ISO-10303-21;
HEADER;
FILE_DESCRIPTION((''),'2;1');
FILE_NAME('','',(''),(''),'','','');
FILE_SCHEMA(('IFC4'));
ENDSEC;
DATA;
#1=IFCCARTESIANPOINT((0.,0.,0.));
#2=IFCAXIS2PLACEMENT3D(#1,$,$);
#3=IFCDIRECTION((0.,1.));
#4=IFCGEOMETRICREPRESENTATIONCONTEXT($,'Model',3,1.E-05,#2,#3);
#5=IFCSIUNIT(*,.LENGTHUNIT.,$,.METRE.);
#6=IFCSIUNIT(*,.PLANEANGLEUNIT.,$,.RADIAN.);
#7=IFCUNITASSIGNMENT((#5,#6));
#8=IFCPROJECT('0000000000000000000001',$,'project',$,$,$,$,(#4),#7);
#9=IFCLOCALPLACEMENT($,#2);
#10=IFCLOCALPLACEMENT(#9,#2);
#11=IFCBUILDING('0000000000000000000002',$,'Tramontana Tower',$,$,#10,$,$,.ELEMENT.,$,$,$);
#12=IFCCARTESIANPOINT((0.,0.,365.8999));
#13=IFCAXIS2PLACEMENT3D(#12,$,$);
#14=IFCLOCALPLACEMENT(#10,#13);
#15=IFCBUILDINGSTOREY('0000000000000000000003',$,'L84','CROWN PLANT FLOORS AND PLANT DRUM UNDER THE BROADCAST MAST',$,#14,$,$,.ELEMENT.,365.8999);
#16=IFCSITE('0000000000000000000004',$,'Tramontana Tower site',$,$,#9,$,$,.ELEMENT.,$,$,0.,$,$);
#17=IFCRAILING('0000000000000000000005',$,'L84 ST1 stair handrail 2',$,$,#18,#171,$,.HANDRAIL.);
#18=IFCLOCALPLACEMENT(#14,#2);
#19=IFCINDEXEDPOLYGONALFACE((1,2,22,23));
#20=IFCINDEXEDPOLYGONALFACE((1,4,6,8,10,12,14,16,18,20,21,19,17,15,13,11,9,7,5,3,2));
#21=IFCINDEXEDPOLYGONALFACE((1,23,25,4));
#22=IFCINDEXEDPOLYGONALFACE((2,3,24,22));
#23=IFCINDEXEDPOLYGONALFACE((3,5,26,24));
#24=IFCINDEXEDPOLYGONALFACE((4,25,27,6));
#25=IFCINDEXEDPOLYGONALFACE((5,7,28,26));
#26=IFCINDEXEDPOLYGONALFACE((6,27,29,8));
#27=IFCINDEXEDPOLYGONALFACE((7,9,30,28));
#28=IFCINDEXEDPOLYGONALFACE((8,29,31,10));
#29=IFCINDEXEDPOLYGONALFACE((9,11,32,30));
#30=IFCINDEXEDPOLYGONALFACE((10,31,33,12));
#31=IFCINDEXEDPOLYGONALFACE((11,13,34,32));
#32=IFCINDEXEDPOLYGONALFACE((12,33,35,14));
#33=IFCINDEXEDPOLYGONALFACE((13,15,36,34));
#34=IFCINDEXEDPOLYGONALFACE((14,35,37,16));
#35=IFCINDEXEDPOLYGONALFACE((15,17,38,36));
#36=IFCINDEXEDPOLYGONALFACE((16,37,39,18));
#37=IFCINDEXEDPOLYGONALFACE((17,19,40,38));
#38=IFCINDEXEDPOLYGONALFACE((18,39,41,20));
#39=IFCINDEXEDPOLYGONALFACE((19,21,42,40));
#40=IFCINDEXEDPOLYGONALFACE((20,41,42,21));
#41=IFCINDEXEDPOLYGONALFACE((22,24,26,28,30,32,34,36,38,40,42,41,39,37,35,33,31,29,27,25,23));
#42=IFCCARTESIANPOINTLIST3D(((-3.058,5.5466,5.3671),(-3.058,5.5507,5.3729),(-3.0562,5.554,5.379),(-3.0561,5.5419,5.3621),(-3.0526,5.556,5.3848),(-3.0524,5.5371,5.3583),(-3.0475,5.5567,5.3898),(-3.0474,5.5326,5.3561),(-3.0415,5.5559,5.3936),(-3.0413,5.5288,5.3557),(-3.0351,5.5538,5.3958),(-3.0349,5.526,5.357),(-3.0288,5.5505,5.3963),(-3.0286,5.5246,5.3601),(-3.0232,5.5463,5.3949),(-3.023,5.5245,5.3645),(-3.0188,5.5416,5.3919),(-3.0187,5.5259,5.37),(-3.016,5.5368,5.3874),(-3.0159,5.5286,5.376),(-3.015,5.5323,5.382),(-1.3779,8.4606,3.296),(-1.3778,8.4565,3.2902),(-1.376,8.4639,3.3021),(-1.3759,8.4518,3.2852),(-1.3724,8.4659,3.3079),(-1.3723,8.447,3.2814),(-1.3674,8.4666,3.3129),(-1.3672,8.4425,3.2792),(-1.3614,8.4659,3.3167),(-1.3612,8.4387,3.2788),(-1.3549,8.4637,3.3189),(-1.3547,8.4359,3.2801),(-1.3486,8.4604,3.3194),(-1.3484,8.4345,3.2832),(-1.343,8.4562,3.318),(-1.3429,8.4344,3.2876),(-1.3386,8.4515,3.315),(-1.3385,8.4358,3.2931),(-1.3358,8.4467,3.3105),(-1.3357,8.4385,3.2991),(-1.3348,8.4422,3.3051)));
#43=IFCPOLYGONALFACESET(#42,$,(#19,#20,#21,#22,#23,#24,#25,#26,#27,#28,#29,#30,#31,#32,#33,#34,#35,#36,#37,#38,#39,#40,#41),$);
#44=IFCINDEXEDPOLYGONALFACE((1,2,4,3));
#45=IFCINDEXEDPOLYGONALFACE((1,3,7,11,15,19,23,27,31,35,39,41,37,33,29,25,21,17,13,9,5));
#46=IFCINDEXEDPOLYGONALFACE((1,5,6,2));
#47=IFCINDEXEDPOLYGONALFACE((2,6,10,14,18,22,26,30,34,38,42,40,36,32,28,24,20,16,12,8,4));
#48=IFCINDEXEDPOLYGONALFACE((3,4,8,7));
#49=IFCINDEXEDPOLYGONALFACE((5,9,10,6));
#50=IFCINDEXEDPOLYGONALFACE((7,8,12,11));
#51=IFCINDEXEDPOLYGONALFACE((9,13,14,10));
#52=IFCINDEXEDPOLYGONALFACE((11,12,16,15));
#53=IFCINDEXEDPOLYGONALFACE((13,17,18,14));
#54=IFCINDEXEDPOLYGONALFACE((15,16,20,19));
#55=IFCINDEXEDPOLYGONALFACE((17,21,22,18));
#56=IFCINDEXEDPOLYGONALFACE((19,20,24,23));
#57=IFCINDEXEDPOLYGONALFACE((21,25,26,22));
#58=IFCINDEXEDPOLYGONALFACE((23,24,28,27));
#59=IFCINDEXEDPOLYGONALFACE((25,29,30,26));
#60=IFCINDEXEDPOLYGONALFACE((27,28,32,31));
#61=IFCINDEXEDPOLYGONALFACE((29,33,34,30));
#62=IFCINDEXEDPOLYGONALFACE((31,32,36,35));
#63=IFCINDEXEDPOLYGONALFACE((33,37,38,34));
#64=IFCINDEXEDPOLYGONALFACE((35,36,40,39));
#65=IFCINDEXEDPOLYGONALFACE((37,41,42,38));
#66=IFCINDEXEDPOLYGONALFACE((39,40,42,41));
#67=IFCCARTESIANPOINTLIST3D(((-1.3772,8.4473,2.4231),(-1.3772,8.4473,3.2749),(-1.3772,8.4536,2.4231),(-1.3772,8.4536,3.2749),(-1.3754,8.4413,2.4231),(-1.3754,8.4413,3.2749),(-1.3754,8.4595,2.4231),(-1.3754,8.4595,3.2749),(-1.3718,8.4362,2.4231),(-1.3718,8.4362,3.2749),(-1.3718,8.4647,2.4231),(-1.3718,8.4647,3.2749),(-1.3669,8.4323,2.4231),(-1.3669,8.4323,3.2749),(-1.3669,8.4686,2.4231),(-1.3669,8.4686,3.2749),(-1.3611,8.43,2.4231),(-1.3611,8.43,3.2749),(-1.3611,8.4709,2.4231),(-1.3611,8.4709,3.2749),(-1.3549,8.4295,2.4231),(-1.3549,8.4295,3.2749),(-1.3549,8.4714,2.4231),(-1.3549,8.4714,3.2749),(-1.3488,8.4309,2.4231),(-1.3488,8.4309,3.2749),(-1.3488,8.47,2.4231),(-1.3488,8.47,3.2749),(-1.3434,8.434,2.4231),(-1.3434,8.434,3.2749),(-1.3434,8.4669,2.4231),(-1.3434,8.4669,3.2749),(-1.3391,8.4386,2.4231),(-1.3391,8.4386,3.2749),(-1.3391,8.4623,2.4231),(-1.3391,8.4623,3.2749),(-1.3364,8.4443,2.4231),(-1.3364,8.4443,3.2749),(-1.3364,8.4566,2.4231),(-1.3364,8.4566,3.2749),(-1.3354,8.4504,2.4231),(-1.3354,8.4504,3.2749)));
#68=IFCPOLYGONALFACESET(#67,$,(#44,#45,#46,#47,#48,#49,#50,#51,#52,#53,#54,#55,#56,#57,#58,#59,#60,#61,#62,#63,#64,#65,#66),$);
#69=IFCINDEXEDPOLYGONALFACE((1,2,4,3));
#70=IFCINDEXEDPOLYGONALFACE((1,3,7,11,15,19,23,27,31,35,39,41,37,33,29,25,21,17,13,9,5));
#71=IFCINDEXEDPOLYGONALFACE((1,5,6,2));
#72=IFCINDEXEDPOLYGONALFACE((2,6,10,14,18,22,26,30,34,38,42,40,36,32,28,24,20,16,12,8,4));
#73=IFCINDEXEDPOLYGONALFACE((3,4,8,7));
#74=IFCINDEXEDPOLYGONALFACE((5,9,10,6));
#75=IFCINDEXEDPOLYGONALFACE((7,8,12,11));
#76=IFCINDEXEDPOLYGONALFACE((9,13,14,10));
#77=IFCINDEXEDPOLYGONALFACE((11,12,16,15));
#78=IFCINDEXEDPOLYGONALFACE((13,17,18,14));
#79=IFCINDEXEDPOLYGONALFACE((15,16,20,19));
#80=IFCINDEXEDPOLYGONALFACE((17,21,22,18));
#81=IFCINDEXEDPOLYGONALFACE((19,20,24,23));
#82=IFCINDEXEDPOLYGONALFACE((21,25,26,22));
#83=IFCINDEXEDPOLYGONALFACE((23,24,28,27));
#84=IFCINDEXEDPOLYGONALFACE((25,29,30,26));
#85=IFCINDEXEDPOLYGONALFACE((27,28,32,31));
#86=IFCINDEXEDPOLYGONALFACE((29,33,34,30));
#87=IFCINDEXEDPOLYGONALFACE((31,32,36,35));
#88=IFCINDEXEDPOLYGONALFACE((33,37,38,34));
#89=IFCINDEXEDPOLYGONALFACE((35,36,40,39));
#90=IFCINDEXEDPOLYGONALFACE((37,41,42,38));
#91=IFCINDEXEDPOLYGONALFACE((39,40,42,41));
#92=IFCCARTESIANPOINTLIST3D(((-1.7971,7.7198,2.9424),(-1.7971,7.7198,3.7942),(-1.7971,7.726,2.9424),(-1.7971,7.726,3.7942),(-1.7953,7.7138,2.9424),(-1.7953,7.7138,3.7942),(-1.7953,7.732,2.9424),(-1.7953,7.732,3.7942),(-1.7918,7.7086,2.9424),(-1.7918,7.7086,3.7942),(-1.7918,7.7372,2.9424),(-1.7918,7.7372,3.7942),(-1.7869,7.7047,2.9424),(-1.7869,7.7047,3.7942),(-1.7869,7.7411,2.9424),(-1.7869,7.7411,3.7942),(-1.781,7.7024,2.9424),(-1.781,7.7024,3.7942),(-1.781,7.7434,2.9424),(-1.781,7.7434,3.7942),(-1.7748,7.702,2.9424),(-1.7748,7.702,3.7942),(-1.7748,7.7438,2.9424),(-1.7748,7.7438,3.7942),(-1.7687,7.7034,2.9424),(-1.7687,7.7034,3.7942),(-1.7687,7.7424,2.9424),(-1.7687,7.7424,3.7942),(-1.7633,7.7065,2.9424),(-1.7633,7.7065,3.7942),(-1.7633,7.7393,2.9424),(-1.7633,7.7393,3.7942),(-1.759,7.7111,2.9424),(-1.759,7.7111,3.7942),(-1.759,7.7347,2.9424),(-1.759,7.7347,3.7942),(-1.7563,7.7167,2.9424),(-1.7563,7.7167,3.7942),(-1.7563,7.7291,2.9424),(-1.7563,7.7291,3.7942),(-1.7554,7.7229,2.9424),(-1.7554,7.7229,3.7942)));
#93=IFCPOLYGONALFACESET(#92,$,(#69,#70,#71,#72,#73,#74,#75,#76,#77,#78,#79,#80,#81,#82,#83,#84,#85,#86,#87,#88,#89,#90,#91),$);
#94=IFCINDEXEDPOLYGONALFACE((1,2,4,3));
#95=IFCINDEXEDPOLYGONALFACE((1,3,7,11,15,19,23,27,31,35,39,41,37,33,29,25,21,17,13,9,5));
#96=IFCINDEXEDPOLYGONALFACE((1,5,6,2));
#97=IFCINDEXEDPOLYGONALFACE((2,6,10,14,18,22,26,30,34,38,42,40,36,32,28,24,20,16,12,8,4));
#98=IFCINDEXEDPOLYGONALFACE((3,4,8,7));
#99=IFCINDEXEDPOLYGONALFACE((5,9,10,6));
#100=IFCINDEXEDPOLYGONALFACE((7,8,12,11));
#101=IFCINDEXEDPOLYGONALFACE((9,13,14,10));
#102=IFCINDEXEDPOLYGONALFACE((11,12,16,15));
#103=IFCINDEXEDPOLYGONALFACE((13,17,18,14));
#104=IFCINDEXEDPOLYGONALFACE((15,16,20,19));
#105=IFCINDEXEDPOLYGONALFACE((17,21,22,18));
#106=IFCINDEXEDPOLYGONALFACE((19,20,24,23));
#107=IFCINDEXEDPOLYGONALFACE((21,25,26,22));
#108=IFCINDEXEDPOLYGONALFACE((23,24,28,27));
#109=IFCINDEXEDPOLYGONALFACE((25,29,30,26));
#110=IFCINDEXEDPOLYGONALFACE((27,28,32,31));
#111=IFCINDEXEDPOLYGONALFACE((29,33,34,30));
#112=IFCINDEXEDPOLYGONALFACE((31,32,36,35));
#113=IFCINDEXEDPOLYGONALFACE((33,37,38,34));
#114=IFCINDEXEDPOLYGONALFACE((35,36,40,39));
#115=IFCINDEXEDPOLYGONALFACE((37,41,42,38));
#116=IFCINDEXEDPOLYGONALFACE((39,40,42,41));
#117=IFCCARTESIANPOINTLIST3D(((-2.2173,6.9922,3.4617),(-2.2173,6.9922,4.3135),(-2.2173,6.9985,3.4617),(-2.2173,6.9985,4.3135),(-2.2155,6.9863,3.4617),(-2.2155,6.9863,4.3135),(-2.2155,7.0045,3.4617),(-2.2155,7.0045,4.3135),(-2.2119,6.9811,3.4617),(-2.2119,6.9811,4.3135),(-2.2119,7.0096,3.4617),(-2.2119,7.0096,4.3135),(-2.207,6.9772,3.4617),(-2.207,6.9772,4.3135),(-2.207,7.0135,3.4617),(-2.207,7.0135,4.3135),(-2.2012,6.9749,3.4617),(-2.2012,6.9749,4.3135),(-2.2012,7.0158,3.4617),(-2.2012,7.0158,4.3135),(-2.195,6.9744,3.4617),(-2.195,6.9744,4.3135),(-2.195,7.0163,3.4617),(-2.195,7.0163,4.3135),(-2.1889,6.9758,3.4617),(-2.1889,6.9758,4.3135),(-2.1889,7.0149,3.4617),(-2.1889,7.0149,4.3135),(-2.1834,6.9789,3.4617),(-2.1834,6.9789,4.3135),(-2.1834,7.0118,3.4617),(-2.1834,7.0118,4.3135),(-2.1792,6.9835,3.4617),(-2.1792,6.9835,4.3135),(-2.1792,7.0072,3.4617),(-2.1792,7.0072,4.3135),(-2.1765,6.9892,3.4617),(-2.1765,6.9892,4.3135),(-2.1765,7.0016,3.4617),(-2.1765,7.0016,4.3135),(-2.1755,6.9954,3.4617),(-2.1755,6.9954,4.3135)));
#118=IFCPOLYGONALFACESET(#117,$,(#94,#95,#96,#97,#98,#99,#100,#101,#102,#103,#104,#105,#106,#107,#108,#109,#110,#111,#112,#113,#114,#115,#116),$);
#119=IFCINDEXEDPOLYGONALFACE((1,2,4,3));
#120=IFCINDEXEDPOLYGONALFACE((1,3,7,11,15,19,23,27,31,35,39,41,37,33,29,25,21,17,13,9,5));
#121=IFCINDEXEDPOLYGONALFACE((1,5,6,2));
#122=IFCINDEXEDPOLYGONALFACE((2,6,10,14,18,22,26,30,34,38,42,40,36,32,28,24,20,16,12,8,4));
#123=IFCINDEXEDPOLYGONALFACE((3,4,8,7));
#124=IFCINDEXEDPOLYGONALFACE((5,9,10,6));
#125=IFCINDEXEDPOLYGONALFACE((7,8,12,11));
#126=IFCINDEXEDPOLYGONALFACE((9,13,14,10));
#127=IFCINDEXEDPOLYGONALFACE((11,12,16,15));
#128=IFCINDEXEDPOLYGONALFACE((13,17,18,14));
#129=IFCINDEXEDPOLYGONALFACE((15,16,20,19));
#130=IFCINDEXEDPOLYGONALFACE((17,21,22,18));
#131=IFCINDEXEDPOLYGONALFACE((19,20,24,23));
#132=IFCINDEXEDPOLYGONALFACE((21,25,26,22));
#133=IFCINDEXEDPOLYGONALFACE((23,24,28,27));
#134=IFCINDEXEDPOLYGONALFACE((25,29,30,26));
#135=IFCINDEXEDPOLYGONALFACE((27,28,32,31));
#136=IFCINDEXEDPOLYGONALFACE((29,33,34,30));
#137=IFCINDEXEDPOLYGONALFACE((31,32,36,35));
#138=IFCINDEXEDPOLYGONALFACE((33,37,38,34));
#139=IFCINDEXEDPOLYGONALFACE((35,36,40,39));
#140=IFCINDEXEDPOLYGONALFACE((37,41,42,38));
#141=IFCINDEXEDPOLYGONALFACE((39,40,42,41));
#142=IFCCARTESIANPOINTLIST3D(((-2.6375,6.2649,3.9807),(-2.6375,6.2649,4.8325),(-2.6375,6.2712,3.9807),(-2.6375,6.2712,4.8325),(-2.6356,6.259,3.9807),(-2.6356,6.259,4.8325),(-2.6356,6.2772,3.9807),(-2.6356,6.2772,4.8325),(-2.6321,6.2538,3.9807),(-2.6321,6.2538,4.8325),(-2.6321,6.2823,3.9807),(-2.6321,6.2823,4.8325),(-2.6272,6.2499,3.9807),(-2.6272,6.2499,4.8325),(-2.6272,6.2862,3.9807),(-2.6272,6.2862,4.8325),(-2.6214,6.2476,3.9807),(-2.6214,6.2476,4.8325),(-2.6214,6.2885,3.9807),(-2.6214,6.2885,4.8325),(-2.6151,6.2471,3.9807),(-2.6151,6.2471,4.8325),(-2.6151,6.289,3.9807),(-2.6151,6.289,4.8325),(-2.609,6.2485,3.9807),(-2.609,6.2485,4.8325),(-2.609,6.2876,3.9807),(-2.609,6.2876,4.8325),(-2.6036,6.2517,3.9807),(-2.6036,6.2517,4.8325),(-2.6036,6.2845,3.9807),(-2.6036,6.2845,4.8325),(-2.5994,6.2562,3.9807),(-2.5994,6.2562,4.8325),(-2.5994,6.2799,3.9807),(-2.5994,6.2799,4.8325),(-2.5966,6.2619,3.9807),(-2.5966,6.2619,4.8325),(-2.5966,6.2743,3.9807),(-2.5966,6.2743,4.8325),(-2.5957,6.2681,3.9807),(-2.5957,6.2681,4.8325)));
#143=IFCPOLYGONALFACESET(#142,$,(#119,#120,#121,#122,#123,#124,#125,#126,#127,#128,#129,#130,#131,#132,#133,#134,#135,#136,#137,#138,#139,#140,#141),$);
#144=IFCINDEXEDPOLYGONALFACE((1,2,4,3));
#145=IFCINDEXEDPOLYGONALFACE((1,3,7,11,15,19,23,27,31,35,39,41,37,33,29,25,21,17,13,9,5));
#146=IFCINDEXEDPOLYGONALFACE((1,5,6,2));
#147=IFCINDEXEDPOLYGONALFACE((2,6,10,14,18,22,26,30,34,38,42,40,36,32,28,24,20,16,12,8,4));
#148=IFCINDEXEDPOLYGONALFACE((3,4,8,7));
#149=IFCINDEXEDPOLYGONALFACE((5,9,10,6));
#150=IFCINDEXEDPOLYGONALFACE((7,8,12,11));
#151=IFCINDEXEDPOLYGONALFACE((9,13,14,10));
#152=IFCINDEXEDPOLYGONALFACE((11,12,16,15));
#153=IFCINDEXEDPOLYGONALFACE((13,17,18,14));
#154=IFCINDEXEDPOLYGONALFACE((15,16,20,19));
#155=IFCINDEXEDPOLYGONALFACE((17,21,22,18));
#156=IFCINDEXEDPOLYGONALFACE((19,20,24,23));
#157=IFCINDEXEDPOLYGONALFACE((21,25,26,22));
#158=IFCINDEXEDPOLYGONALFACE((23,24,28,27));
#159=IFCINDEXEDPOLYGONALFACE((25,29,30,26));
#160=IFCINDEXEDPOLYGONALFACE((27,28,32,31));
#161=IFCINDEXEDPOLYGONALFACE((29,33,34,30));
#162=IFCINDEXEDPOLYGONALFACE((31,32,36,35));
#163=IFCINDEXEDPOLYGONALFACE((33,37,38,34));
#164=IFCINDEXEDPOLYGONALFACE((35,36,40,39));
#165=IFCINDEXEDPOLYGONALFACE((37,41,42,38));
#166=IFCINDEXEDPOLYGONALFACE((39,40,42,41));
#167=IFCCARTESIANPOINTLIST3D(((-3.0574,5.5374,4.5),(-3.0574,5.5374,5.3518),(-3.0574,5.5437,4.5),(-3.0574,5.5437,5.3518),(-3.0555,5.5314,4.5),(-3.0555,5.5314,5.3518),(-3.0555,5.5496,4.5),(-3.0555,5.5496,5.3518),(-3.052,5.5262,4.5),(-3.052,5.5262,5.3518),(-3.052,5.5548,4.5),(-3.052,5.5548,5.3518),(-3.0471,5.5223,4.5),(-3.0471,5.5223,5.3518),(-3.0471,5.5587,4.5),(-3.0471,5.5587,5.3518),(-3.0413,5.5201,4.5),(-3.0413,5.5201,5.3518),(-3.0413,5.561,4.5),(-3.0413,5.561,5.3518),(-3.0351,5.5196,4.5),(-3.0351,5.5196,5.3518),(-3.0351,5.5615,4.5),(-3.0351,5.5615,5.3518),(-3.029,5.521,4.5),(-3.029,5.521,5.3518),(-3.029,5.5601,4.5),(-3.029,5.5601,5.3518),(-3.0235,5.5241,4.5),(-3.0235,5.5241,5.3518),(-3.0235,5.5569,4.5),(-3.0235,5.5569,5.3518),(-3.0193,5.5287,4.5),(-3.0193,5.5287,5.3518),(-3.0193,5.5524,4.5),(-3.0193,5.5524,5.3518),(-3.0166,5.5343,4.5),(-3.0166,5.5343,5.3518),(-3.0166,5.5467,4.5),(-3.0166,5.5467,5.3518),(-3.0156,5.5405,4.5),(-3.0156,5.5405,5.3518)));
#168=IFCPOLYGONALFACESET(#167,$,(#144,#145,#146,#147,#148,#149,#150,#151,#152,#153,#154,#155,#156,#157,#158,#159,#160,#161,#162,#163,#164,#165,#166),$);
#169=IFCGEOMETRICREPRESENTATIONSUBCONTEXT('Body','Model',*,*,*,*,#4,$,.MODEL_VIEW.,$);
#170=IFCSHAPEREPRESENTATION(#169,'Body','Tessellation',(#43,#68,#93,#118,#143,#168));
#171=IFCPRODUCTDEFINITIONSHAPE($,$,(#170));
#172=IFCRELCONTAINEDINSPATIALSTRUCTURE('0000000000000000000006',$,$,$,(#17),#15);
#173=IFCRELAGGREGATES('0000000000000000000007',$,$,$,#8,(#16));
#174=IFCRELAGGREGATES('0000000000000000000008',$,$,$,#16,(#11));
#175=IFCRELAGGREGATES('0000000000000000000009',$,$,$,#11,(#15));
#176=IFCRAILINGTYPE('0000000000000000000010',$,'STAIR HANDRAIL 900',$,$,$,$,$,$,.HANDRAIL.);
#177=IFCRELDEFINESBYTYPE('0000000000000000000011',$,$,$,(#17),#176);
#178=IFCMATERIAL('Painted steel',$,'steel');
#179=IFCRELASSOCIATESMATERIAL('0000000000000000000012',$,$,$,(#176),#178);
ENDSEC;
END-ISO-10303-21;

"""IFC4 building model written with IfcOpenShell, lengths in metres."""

from ifc_helpers import new_model, si_unit, direction, frame, origin, origin_2d, place, context, subcontext, project, spatial, circle, extrude, material, type_object, element, save


model = new_model("IFC4")

# Units and contexts
model_context = context("Model", 3, precision=1e-05, world=origin(), true_north=direction((0.0, 1.0)))
body_context = subcontext(model_context, "Body", "Model", "MODEL_VIEW")
ifc_project = project(units=[si_unit("LENGTHUNIT", "METRE"), si_unit("PLANEANGLEUNIT", "RADIAN")], contexts=[model_context])

# Site, building, storey
site_placement = place(None, origin())
site = spatial("IfcSite", under=ifc_project, at=site_placement, Name="Tramontana Tower site", CompositionType="ELEMENT", RefElevation=0.0)
building_placement = place(site_placement, origin())
building = spatial("IfcBuilding", under=site, at=building_placement, Name="Tramontana Tower", CompositionType="ELEMENT")
storey_placement = place(building_placement, frame((0.0, 0.0, 365.8999)))
storey = spatial("IfcBuildingStorey", under=building, at=storey_placement, Name="L84", Description="CROWN PLANT FLOORS AND PLANT DRUM UNDER THE BROADCAST MAST", CompositionType="ELEMENT", Elevation=365.8999)

# Railing
ifc_material_1 = material(Name="Painted steel", Category="steel")
railing_type_1 = type_object("IfcRailingType", Name="STAIR HANDRAIL 900", PredefinedType="HANDRAIL", material=ifc_material_1)
railing_1_placement = place(storey_placement, frame((-1.3564, 8.4504, 2.4231)))
element("IfcRailing", 1, at=railing_1_placement, inside=storey, type_object=railing_type_1, Name="L84 ST1 stair handrail 2", PredefinedType="HANDRAIL", context=body_context, shape_type="SweptSolid", body=[
    extrude(circle(Radius=0.0239, at=origin_2d()), frame((0.0, 0.0, 0.876), z_axis=(-0.425339, -0.736649, 0.525771), x_axis=(0.866008, -0.500031, 0.0)), (0.0, 0.0, 1.0), 3.9502),
    extrude(circle(Radius=0.021, at=origin_2d()), origin(), (0.0, 0.0, 1.0), 0.8518),
    extrude(circle(Radius=0.021, at=origin_2d()), frame((-0.4199, -0.7275, 0.5193)), (0.0, 0.0, 1.0), 0.8518),
    extrude(circle(Radius=0.021, at=origin_2d()), frame((-0.8401, -1.4551, 1.0386)), (0.0, 0.0, 1.0), 0.8518),
    extrude(circle(Radius=0.021, at=origin_2d()), frame((-1.2603, -2.1824, 1.5576)), (0.0, 0.0, 1.0), 0.8518),
    extrude(circle(Radius=0.021, at=origin_2d()), frame((-1.6802, -2.9099, 2.0769)), (0.0, 0.0, 1.0), 0.8518),
])

save(model, "model.ifc")
